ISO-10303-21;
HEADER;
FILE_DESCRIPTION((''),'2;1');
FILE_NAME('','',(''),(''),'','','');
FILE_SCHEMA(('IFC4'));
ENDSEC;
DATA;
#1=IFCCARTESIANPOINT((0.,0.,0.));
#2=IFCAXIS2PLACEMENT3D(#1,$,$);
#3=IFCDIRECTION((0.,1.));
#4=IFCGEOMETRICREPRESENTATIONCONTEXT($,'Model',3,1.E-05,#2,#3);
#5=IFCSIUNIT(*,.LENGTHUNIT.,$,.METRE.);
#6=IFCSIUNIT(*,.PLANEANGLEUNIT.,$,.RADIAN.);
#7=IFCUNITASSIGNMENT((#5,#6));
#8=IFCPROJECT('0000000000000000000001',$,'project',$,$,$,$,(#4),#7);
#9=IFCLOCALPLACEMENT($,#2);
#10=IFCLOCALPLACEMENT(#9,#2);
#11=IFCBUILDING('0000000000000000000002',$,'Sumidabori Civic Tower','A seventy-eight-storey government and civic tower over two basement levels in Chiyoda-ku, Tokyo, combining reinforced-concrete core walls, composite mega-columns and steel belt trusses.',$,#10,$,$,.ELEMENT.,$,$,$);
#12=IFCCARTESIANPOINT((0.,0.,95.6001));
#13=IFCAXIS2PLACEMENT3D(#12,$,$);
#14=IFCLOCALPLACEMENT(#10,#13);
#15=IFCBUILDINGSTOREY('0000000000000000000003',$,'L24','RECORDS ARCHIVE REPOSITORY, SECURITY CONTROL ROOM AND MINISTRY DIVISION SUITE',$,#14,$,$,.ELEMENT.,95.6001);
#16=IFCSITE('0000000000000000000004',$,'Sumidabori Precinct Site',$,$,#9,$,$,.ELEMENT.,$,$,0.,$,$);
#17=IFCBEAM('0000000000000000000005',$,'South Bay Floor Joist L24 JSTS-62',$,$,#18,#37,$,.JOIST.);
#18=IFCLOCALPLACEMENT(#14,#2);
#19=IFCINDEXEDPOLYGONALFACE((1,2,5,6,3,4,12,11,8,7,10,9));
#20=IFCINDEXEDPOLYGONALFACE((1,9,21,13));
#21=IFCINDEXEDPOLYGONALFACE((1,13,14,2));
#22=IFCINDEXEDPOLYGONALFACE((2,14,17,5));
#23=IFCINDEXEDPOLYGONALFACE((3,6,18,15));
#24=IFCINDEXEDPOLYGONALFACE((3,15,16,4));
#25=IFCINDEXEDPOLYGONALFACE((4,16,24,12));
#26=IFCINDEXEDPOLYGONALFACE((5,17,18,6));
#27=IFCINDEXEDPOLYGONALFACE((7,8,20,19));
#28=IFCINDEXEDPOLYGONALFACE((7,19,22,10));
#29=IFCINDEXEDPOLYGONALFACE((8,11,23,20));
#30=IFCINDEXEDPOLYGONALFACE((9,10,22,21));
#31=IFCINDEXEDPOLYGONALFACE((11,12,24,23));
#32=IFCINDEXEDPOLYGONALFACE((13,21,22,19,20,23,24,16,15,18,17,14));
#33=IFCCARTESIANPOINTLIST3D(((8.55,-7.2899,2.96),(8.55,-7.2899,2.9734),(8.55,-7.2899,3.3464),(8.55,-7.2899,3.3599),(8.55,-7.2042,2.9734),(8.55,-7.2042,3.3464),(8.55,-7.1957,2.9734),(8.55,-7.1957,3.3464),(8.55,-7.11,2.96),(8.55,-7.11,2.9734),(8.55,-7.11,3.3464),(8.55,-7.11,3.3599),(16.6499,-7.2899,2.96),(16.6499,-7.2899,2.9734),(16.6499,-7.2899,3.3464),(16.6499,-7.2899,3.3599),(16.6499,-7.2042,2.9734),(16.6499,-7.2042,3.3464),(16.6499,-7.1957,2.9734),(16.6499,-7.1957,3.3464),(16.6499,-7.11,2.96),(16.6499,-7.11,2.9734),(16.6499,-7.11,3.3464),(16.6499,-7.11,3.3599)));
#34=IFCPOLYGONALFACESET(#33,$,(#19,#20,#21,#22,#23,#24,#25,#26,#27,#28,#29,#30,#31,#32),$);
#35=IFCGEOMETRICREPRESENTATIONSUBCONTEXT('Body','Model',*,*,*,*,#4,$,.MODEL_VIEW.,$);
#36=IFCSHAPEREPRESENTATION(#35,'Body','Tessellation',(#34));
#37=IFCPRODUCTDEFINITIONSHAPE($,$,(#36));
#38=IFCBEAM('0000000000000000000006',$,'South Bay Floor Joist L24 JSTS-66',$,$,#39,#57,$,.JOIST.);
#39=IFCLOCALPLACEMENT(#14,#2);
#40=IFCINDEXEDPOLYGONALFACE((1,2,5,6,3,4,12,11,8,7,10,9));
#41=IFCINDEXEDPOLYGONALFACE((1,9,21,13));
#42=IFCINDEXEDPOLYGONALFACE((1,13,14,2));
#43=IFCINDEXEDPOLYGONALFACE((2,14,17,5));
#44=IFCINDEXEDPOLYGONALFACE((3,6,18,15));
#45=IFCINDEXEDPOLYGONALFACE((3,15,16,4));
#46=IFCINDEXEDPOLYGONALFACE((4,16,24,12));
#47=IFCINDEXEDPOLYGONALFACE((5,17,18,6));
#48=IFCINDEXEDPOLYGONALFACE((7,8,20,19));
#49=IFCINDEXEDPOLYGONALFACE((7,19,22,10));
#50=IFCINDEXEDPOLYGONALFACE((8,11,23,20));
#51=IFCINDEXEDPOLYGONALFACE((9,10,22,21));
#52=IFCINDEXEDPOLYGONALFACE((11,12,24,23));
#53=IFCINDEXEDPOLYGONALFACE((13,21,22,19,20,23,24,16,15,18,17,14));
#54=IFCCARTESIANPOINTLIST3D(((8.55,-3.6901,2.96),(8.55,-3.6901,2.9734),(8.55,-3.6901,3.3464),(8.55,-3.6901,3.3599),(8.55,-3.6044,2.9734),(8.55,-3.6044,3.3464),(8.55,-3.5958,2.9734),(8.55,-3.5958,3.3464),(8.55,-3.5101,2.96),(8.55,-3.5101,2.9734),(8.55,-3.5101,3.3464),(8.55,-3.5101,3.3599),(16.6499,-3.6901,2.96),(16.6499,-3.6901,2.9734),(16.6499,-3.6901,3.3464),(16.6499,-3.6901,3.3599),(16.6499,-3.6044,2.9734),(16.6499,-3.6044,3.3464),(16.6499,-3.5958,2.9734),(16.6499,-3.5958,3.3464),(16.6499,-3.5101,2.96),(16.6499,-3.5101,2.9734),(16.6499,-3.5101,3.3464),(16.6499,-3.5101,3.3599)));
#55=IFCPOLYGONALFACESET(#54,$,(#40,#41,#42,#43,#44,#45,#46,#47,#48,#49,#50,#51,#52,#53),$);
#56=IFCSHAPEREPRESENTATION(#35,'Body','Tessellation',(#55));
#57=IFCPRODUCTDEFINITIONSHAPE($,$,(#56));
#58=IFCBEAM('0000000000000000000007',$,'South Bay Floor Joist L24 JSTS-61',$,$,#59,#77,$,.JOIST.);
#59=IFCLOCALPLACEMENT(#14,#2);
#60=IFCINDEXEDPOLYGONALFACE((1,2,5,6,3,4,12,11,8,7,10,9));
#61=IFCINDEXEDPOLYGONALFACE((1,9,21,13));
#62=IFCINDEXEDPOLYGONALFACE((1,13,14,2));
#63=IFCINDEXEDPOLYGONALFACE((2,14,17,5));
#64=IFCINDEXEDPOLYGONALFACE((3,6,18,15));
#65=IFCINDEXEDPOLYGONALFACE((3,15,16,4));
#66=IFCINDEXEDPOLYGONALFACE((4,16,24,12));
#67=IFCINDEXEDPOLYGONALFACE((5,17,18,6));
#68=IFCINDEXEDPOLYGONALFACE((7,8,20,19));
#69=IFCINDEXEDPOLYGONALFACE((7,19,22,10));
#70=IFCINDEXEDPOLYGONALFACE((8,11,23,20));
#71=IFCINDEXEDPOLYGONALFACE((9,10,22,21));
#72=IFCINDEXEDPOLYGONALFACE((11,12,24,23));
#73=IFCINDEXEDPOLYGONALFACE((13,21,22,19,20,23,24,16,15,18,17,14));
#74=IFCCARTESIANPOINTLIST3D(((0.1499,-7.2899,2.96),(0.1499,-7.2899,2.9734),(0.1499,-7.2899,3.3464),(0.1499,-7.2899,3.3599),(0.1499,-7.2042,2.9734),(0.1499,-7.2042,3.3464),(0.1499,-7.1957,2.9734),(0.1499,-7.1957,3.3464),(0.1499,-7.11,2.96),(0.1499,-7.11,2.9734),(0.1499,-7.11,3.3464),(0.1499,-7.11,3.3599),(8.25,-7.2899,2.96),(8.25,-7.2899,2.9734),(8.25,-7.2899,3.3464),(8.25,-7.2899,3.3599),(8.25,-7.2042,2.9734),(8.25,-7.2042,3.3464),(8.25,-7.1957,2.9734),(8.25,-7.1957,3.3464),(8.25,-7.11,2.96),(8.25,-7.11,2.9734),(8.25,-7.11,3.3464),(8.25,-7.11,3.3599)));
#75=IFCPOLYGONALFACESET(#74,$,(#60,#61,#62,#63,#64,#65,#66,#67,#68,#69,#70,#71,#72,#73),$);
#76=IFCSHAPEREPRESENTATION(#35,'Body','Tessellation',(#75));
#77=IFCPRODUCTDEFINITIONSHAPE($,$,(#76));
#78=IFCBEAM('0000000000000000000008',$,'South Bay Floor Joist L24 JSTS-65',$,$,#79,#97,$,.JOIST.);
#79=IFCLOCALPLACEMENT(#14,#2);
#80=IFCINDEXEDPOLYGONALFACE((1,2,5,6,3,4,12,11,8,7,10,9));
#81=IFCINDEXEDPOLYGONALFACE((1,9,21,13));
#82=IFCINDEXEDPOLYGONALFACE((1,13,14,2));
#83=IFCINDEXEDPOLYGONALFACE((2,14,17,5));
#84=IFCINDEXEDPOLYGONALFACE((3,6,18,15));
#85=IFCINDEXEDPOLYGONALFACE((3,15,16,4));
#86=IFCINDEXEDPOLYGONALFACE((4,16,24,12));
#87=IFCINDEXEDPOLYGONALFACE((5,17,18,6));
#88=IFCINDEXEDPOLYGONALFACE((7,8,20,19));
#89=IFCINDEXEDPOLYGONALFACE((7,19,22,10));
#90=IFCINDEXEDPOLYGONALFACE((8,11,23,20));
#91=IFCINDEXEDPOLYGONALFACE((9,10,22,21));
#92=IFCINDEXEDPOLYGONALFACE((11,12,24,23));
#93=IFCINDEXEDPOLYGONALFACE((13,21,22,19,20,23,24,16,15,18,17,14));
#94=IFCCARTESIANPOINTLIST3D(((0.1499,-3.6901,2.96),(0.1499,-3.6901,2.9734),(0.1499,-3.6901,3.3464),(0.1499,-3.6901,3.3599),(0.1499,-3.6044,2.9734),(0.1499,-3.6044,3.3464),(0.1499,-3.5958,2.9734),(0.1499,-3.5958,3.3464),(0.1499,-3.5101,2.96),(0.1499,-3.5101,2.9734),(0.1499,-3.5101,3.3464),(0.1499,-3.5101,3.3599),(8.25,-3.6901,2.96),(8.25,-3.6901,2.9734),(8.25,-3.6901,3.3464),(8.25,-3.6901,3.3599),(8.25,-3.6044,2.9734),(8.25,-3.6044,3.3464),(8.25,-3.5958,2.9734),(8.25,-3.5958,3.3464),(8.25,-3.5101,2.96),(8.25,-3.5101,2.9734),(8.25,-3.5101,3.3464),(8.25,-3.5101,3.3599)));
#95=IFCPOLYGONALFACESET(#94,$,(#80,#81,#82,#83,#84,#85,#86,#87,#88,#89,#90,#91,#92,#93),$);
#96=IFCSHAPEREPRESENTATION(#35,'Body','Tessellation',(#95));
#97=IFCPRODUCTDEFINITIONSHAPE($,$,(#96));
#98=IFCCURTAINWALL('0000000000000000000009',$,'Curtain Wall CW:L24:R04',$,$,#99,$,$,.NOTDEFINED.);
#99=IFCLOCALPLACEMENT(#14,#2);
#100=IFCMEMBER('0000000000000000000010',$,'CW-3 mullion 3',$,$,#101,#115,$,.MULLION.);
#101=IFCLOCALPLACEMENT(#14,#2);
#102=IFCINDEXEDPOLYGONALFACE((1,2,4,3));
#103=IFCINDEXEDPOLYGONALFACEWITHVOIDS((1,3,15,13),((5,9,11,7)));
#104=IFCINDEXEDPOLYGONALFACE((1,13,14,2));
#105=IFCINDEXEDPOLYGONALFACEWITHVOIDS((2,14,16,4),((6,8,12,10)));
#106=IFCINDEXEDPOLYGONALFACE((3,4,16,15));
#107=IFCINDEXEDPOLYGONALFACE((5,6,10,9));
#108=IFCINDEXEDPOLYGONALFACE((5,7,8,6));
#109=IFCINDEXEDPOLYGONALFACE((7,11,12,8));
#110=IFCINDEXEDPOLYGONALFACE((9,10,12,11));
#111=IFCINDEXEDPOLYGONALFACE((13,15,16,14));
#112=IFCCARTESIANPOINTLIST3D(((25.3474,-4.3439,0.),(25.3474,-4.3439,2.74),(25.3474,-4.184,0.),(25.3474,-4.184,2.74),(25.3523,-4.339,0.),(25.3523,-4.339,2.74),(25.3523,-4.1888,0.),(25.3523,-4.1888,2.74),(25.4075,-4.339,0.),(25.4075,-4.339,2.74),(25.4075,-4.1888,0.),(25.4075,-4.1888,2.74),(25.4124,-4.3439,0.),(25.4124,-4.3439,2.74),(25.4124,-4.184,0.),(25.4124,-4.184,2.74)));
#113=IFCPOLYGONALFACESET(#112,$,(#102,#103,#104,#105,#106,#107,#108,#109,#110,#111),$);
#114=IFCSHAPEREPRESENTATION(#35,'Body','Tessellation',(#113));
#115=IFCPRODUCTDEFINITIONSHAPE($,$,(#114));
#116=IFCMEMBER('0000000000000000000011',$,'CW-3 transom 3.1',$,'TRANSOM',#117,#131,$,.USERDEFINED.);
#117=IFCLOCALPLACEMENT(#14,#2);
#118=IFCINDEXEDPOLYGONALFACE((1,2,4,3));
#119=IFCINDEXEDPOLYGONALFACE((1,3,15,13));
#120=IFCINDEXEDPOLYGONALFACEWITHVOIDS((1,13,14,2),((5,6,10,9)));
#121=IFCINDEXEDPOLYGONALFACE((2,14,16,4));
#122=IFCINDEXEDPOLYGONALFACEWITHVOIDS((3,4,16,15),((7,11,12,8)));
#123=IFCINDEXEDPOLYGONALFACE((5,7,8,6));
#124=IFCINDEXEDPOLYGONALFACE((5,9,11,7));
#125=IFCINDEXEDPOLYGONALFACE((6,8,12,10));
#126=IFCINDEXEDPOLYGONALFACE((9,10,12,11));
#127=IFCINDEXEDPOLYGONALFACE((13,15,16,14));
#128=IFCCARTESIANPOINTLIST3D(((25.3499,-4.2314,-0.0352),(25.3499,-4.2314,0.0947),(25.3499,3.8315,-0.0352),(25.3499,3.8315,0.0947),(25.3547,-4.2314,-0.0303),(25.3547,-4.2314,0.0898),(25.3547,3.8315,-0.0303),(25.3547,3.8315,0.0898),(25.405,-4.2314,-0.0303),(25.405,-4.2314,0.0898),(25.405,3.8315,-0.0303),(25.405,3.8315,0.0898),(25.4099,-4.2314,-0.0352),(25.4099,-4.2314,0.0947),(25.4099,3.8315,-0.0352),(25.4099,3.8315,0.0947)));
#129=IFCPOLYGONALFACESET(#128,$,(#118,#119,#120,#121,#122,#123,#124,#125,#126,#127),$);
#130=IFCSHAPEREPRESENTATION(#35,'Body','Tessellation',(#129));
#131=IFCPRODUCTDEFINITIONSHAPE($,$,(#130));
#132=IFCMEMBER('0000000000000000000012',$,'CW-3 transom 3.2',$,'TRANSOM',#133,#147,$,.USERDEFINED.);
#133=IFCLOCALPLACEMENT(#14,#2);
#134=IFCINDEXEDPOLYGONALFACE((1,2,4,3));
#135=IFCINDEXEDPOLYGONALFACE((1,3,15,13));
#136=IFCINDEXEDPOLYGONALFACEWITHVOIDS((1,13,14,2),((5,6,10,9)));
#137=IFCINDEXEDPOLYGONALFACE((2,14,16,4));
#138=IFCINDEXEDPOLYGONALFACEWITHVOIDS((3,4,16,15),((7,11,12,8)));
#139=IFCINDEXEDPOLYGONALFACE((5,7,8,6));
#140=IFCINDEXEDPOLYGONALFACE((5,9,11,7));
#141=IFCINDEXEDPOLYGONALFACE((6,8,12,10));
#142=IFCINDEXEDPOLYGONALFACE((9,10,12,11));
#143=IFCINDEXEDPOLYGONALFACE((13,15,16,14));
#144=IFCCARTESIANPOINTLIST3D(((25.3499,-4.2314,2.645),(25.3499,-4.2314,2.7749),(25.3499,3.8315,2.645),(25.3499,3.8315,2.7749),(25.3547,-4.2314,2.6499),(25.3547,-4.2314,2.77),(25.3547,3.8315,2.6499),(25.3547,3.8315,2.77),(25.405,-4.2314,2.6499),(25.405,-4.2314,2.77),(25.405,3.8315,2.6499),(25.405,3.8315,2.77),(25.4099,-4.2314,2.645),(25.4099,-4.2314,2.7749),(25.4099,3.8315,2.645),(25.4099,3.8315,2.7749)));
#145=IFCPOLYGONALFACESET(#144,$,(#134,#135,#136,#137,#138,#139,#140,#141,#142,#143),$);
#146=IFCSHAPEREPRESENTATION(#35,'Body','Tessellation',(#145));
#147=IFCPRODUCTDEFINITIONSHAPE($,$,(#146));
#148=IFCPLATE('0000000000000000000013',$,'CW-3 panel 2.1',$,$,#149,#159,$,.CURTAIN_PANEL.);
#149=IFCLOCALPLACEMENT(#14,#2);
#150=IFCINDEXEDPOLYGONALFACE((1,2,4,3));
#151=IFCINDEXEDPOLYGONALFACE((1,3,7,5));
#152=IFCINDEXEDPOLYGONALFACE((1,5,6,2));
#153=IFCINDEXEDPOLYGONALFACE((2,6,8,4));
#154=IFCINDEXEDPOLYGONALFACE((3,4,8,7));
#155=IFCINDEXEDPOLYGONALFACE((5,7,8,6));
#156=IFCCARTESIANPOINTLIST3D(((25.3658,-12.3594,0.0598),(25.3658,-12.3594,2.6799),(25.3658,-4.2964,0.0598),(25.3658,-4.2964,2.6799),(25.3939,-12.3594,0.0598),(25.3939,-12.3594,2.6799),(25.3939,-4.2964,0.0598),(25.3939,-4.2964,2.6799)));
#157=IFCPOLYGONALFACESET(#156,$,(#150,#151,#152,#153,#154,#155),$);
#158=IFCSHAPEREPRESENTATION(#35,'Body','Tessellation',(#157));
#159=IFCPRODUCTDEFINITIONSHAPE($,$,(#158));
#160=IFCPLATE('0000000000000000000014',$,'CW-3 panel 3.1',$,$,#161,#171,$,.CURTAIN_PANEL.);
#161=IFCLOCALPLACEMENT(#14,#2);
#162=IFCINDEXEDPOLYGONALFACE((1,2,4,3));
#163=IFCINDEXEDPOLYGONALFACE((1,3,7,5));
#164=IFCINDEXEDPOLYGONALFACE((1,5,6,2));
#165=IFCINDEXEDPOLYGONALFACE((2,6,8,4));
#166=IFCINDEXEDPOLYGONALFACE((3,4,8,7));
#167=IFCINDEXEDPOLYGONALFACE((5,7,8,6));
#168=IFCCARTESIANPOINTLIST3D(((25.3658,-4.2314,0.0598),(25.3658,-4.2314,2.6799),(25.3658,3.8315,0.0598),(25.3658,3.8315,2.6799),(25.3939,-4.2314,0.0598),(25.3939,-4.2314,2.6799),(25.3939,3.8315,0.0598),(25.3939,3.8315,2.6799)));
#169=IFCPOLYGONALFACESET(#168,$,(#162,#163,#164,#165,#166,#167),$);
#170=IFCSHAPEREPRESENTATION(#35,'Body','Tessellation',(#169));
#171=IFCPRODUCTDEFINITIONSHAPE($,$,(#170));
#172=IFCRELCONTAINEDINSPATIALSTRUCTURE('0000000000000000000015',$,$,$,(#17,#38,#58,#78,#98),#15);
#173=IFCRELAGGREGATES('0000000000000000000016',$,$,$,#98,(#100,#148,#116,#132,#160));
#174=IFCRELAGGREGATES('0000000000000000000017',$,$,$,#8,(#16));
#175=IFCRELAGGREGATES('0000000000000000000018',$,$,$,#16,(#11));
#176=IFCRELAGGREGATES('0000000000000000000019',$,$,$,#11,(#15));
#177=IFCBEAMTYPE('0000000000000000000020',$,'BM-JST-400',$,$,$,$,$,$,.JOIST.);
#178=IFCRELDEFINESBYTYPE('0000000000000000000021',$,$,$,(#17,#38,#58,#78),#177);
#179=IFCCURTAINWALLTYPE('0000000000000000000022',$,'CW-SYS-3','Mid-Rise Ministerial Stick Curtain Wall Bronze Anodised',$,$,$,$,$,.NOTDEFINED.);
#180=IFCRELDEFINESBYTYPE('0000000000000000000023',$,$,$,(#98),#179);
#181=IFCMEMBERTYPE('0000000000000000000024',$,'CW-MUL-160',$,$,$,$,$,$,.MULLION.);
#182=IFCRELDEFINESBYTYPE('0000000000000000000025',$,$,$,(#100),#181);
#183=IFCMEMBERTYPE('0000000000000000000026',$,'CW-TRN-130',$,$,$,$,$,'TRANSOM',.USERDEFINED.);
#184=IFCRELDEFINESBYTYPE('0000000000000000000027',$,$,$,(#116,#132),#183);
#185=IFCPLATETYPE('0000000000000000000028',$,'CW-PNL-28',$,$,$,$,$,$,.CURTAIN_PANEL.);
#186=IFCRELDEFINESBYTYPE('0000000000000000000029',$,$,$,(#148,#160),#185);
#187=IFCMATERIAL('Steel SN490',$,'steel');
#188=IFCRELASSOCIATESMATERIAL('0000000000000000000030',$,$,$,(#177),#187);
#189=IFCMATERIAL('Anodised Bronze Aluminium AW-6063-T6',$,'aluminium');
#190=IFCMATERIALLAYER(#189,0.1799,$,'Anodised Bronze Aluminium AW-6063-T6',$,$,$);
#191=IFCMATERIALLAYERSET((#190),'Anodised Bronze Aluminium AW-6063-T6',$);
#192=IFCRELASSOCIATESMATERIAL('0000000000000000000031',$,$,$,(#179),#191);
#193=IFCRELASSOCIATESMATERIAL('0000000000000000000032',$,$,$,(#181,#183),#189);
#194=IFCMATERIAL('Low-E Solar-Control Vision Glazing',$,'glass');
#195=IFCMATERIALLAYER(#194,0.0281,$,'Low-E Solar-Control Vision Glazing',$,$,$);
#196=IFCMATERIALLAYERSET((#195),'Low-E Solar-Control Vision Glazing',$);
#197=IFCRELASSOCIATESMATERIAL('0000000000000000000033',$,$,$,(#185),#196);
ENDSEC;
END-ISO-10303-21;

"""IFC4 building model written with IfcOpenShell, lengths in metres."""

from ifc_helpers import new_model, si_unit, direction, frame, origin, origin_2d, place, context, subcontext, project, spatial, rectangle, hollow_rectangle, i_section, extrude, source, transform, mapped, material, layer, layer_set, material_profile, profile_set, type_object, element, aggregate, save


model = new_model("IFC4")

# Units and contexts
model_context = context("Model", 3, precision=1e-05, world=origin(), true_north=direction((0.0, 1.0)))
body_context = subcontext(model_context, "Body", "Model", "MODEL_VIEW")
ifc_project = project(units=[si_unit("LENGTHUNIT", "METRE"), si_unit("PLANEANGLEUNIT", "RADIAN")], contexts=[model_context])

# Site, building, storey
site_placement = place(None, origin())
site = spatial("IfcSite", under=ifc_project, at=site_placement, Name="Sumidabori Precinct Site", CompositionType="ELEMENT", RefElevation=0.0)
building_placement = place(site_placement, origin())
building = spatial("IfcBuilding", under=site, at=building_placement, Name="Sumidabori Civic Tower", Description="A seventy-eight-storey government and civic tower over two basement levels in Chiyoda-ku, Tokyo, combining reinforced-concrete core walls, composite mega-columns and steel belt trusses.", CompositionType="ELEMENT")
storey_placement = place(building_placement, frame((0.0, 0.0, 95.6001)))
storey = spatial("IfcBuildingStorey", under=building, at=storey_placement, Name="L24", Description="RECORDS ARCHIVE REPOSITORY, SECURITY CONTROL ROOM AND MINISTRY DIVISION SUITE", CompositionType="ELEMENT", Elevation=95.6001)

# Beams
ifc_material_1 = material(Name="Steel SN490", Category="steel")
ifc_material_profile_1 = material_profile(ifc_material_1, i_section(OverallWidth=0.1799, OverallDepth=0.3999, WebThickness=0.0085, FlangeThickness=0.0134, at=origin_2d()), Name="IPE 400")
ifc_profile_set_1 = profile_set([ifc_material_profile_1], Name="Steel SN490")
beam_type_1 = type_object("IfcBeamType", Name="BM-JST-400", PredefinedType="JOIST", material=ifc_profile_set_1)
shared_shape_1 = source(origin(), body_context, "Body", "SweptSolid", [
    extrude(i_section(OverallWidth=0.1799, OverallDepth=0.3999, WebThickness=0.0085, FlangeThickness=0.0134, at=origin_2d()), origin(), (0.0, 0.0, 1.0), 8.0999),
])
for number, where, z_axis, x_axis, name in (
    (1, (8.55, -7.2, 3.1599), (1.0, 0.0, 0.0), (0.0, 1.0, 0.0), "South Bay Floor Joist L24 JSTS-62"),
    (2, (8.55, -3.6001, 3.1599), (1.0, 0.0, 0.0), (0.0, 1.0, 0.0), "South Bay Floor Joist L24 JSTS-66"),
):
    element("IfcBeam", number, at=place(storey_placement, frame(where, z_axis=z_axis, x_axis=x_axis)), inside=storey, type_object=beam_type_1, Name=name, PredefinedType="JOIST", context=body_context, shape_type="MappedRepresentation", body=[
        mapped(shared_shape_1, transform((0.0, 0.0, 0.0), x_axis=(1.0, 0.0, 0.0), y_axis=(0.0, 1.0, 0.0), z_axis=(0.0, 0.0, 1.0), scale=1.0)),
    ])
shared_shape_2 = source(origin(), body_context, "Body", "SweptSolid", [
    extrude(i_section(OverallWidth=0.1799, OverallDepth=0.3999, WebThickness=0.0085, FlangeThickness=0.0134, at=origin_2d()), origin(), (0.0, 0.0, 1.0), 8.1001),
])
for number, where, z_axis, x_axis, name in (
    (3, (0.1499, -7.2, 3.1599), (1.0, 0.0, 0.0), (0.0, 1.0, 0.0), "South Bay Floor Joist L24 JSTS-61"),
    (4, (0.1499, -3.6001, 3.1599), (1.0, 0.0, 0.0), (0.0, 1.0, 0.0), "South Bay Floor Joist L24 JSTS-65"),
):
    element("IfcBeam", number, at=place(storey_placement, frame(where, z_axis=z_axis, x_axis=x_axis)), inside=storey, type_object=beam_type_1, Name=name, PredefinedType="JOIST", context=body_context, shape_type="MappedRepresentation", body=[
        mapped(shared_shape_2, transform((0.0, 0.0, 0.0), x_axis=(1.0, 0.0, 0.0), y_axis=(0.0, 1.0, 0.0), z_axis=(0.0, 0.0, 1.0), scale=1.0)),
    ])

# Curtain wall, members, plates
ifc_material_2 = material(Name="Anodised Bronze Aluminium AW-6063-T6", Category="aluminium")
ifc_layer_1 = layer(ifc_material_2, 0.1799, Name="Anodised Bronze Aluminium AW-6063-T6")
ifc_layer_set_1 = layer_set([ifc_layer_1], Name="Anodised Bronze Aluminium AW-6063-T6")
curtain_wall_type = type_object("IfcCurtainWallType", Name="CW-SYS-3", Description="Mid-Rise Ministerial Stick Curtain Wall Bronze Anodised", PredefinedType="NOTDEFINED", material=ifc_layer_set_1)
curtain_wall_placement = place(storey_placement, origin())
curtain_wall = element("IfcCurtainWall", 5, at=curtain_wall_placement, inside=storey, type_object=curtain_wall_type, Name="Curtain Wall CW:L24:R04", PredefinedType="NOTDEFINED")
ifc_material_profile_2 = material_profile(ifc_material_2, hollow_rectangle(XDim=0.0649, YDim=0.1599, WallThickness=0.0049, at=origin_2d()), Name="ALU MULLION 160x65")
ifc_profile_set_2 = profile_set([ifc_material_profile_2], Name="Anodised Bronze Aluminium AW-6063-T6")
member_type_1 = type_object("IfcMemberType", Name="CW-MUL-160", PredefinedType="MULLION", material=ifc_profile_set_2)
shared_shape_3 = source(origin(), body_context, "Body", "SweptSolid", [
    extrude(hollow_rectangle(XDim=0.0649, YDim=0.1599, WallThickness=0.0049, at=origin_2d()), origin(), (0.0, 0.0, 1.0), 2.74),
])
member_1_placement = place(storey_placement, frame((25.3799, -4.2639, 0.0), z_axis=(0.0, 0.0, 1.0), x_axis=(-1.0, 0.0, 0.0)))
member_1 = element("IfcMember", 6, at=member_1_placement, type_object=member_type_1, Name="CW-3 mullion 3", PredefinedType="MULLION", context=body_context, shape_type="MappedRepresentation", body=[
    mapped(shared_shape_3, transform((0.0, 0.0, 0.0), x_axis=(1.0, 0.0, 0.0), y_axis=(0.0, 1.0, 0.0), z_axis=(0.0, 0.0, 1.0), scale=1.0)),
])
ifc_material_profile_3 = material_profile(ifc_material_2, hollow_rectangle(XDim=0.0601, YDim=0.1299, WallThickness=0.0049, at=origin_2d()), Name="ALU TRANSOM 130x60")
ifc_profile_set_3 = profile_set([ifc_material_profile_3], Name="Anodised Bronze Aluminium AW-6063-T6")
member_type_2 = type_object("IfcMemberType", Name="CW-TRN-130", ElementType="TRANSOM", PredefinedType="USERDEFINED", material=ifc_profile_set_3)
shared_shape_4 = source(origin(), body_context, "Body", "SweptSolid", [
    extrude(hollow_rectangle(XDim=0.0601, YDim=0.1299, WallThickness=0.0049, at=origin_2d()), origin(), (0.0, 0.0, 1.0), 8.063),
])
member_2_placement = place(storey_placement, frame((25.3799, -4.2314, 0.0298), z_axis=(0.0, 1.0, 0.0), x_axis=(-1.0, 0.0, 0.0)))
member_2 = element("IfcMember", 7, at=member_2_placement, type_object=member_type_2, Name="CW-3 transom 3.1", ObjectType="TRANSOM", PredefinedType="USERDEFINED", context=body_context, shape_type="MappedRepresentation", body=[
    mapped(shared_shape_4, transform((0.0, 0.0, 0.0), x_axis=(1.0, 0.0, 0.0), y_axis=(0.0, 1.0, 0.0), z_axis=(0.0, 0.0, 1.0), scale=1.0)),
])
member_3_placement = place(storey_placement, frame((25.3799, -4.2314, 2.71), z_axis=(0.0, 1.0, 0.0), x_axis=(-1.0, 0.0, 0.0)))
member_3 = element("IfcMember", 8, at=member_3_placement, type_object=member_type_2, Name="CW-3 transom 3.2", ObjectType="TRANSOM", PredefinedType="USERDEFINED", context=body_context, shape_type="MappedRepresentation", body=[
    mapped(shared_shape_4, transform((0.0, 0.0, 0.0), x_axis=(1.0, 0.0, 0.0), y_axis=(0.0, 1.0, 0.0), z_axis=(0.0, 0.0, 1.0), scale=1.0)),
])
ifc_material_3 = material(Name="Low-E Solar-Control Vision Glazing", Category="glass")
ifc_layer_2 = layer(ifc_material_3, 0.0281, Name="Low-E Solar-Control Vision Glazing")
ifc_layer_set_2 = layer_set([ifc_layer_2], Name="Low-E Solar-Control Vision Glazing")
plate_type = type_object("IfcPlateType", Name="CW-PNL-28", PredefinedType="CURTAIN_PANEL", material=ifc_layer_set_2)
shared_shape_5 = source(origin(), body_context, "Body", "SweptSolid", [
    extrude(rectangle(XDim=8.063, YDim=0.0281, at=origin_2d()), origin(), (0.0, 0.0, 1.0), 2.6201),
])
plate_1_placement = place(storey_placement, frame((25.3799, -8.3279, 0.0598), z_axis=(0.0, 0.0, 1.0), x_axis=(0.0, 1.0, 0.0)))
plate_1 = element("IfcPlate", 9, at=plate_1_placement, type_object=plate_type, Name="CW-3 panel 2.1", PredefinedType="CURTAIN_PANEL", context=body_context, shape_type="MappedRepresentation", body=[
    mapped(shared_shape_5, transform((0.0, 0.0, 0.0), x_axis=(1.0, 0.0, 0.0), y_axis=(0.0, 1.0, 0.0), z_axis=(0.0, 0.0, 1.0), scale=1.0)),
])
plate_2_placement = place(storey_placement, frame((25.3799, -0.2, 0.0598), z_axis=(0.0, 0.0, 1.0), x_axis=(0.0, 1.0, 0.0)))
plate_2 = element("IfcPlate", 10, at=plate_2_placement, type_object=plate_type, Name="CW-3 panel 3.1", PredefinedType="CURTAIN_PANEL", context=body_context, shape_type="MappedRepresentation", body=[
    mapped(shared_shape_5, transform((0.0, 0.0, 0.0), x_axis=(1.0, 0.0, 0.0), y_axis=(0.0, 1.0, 0.0), z_axis=(0.0, 0.0, 1.0), scale=1.0)),
])
aggregate(curtain_wall, [member_1, plate_1, member_2, member_3, plate_2])

save(model, "model.ifc")
